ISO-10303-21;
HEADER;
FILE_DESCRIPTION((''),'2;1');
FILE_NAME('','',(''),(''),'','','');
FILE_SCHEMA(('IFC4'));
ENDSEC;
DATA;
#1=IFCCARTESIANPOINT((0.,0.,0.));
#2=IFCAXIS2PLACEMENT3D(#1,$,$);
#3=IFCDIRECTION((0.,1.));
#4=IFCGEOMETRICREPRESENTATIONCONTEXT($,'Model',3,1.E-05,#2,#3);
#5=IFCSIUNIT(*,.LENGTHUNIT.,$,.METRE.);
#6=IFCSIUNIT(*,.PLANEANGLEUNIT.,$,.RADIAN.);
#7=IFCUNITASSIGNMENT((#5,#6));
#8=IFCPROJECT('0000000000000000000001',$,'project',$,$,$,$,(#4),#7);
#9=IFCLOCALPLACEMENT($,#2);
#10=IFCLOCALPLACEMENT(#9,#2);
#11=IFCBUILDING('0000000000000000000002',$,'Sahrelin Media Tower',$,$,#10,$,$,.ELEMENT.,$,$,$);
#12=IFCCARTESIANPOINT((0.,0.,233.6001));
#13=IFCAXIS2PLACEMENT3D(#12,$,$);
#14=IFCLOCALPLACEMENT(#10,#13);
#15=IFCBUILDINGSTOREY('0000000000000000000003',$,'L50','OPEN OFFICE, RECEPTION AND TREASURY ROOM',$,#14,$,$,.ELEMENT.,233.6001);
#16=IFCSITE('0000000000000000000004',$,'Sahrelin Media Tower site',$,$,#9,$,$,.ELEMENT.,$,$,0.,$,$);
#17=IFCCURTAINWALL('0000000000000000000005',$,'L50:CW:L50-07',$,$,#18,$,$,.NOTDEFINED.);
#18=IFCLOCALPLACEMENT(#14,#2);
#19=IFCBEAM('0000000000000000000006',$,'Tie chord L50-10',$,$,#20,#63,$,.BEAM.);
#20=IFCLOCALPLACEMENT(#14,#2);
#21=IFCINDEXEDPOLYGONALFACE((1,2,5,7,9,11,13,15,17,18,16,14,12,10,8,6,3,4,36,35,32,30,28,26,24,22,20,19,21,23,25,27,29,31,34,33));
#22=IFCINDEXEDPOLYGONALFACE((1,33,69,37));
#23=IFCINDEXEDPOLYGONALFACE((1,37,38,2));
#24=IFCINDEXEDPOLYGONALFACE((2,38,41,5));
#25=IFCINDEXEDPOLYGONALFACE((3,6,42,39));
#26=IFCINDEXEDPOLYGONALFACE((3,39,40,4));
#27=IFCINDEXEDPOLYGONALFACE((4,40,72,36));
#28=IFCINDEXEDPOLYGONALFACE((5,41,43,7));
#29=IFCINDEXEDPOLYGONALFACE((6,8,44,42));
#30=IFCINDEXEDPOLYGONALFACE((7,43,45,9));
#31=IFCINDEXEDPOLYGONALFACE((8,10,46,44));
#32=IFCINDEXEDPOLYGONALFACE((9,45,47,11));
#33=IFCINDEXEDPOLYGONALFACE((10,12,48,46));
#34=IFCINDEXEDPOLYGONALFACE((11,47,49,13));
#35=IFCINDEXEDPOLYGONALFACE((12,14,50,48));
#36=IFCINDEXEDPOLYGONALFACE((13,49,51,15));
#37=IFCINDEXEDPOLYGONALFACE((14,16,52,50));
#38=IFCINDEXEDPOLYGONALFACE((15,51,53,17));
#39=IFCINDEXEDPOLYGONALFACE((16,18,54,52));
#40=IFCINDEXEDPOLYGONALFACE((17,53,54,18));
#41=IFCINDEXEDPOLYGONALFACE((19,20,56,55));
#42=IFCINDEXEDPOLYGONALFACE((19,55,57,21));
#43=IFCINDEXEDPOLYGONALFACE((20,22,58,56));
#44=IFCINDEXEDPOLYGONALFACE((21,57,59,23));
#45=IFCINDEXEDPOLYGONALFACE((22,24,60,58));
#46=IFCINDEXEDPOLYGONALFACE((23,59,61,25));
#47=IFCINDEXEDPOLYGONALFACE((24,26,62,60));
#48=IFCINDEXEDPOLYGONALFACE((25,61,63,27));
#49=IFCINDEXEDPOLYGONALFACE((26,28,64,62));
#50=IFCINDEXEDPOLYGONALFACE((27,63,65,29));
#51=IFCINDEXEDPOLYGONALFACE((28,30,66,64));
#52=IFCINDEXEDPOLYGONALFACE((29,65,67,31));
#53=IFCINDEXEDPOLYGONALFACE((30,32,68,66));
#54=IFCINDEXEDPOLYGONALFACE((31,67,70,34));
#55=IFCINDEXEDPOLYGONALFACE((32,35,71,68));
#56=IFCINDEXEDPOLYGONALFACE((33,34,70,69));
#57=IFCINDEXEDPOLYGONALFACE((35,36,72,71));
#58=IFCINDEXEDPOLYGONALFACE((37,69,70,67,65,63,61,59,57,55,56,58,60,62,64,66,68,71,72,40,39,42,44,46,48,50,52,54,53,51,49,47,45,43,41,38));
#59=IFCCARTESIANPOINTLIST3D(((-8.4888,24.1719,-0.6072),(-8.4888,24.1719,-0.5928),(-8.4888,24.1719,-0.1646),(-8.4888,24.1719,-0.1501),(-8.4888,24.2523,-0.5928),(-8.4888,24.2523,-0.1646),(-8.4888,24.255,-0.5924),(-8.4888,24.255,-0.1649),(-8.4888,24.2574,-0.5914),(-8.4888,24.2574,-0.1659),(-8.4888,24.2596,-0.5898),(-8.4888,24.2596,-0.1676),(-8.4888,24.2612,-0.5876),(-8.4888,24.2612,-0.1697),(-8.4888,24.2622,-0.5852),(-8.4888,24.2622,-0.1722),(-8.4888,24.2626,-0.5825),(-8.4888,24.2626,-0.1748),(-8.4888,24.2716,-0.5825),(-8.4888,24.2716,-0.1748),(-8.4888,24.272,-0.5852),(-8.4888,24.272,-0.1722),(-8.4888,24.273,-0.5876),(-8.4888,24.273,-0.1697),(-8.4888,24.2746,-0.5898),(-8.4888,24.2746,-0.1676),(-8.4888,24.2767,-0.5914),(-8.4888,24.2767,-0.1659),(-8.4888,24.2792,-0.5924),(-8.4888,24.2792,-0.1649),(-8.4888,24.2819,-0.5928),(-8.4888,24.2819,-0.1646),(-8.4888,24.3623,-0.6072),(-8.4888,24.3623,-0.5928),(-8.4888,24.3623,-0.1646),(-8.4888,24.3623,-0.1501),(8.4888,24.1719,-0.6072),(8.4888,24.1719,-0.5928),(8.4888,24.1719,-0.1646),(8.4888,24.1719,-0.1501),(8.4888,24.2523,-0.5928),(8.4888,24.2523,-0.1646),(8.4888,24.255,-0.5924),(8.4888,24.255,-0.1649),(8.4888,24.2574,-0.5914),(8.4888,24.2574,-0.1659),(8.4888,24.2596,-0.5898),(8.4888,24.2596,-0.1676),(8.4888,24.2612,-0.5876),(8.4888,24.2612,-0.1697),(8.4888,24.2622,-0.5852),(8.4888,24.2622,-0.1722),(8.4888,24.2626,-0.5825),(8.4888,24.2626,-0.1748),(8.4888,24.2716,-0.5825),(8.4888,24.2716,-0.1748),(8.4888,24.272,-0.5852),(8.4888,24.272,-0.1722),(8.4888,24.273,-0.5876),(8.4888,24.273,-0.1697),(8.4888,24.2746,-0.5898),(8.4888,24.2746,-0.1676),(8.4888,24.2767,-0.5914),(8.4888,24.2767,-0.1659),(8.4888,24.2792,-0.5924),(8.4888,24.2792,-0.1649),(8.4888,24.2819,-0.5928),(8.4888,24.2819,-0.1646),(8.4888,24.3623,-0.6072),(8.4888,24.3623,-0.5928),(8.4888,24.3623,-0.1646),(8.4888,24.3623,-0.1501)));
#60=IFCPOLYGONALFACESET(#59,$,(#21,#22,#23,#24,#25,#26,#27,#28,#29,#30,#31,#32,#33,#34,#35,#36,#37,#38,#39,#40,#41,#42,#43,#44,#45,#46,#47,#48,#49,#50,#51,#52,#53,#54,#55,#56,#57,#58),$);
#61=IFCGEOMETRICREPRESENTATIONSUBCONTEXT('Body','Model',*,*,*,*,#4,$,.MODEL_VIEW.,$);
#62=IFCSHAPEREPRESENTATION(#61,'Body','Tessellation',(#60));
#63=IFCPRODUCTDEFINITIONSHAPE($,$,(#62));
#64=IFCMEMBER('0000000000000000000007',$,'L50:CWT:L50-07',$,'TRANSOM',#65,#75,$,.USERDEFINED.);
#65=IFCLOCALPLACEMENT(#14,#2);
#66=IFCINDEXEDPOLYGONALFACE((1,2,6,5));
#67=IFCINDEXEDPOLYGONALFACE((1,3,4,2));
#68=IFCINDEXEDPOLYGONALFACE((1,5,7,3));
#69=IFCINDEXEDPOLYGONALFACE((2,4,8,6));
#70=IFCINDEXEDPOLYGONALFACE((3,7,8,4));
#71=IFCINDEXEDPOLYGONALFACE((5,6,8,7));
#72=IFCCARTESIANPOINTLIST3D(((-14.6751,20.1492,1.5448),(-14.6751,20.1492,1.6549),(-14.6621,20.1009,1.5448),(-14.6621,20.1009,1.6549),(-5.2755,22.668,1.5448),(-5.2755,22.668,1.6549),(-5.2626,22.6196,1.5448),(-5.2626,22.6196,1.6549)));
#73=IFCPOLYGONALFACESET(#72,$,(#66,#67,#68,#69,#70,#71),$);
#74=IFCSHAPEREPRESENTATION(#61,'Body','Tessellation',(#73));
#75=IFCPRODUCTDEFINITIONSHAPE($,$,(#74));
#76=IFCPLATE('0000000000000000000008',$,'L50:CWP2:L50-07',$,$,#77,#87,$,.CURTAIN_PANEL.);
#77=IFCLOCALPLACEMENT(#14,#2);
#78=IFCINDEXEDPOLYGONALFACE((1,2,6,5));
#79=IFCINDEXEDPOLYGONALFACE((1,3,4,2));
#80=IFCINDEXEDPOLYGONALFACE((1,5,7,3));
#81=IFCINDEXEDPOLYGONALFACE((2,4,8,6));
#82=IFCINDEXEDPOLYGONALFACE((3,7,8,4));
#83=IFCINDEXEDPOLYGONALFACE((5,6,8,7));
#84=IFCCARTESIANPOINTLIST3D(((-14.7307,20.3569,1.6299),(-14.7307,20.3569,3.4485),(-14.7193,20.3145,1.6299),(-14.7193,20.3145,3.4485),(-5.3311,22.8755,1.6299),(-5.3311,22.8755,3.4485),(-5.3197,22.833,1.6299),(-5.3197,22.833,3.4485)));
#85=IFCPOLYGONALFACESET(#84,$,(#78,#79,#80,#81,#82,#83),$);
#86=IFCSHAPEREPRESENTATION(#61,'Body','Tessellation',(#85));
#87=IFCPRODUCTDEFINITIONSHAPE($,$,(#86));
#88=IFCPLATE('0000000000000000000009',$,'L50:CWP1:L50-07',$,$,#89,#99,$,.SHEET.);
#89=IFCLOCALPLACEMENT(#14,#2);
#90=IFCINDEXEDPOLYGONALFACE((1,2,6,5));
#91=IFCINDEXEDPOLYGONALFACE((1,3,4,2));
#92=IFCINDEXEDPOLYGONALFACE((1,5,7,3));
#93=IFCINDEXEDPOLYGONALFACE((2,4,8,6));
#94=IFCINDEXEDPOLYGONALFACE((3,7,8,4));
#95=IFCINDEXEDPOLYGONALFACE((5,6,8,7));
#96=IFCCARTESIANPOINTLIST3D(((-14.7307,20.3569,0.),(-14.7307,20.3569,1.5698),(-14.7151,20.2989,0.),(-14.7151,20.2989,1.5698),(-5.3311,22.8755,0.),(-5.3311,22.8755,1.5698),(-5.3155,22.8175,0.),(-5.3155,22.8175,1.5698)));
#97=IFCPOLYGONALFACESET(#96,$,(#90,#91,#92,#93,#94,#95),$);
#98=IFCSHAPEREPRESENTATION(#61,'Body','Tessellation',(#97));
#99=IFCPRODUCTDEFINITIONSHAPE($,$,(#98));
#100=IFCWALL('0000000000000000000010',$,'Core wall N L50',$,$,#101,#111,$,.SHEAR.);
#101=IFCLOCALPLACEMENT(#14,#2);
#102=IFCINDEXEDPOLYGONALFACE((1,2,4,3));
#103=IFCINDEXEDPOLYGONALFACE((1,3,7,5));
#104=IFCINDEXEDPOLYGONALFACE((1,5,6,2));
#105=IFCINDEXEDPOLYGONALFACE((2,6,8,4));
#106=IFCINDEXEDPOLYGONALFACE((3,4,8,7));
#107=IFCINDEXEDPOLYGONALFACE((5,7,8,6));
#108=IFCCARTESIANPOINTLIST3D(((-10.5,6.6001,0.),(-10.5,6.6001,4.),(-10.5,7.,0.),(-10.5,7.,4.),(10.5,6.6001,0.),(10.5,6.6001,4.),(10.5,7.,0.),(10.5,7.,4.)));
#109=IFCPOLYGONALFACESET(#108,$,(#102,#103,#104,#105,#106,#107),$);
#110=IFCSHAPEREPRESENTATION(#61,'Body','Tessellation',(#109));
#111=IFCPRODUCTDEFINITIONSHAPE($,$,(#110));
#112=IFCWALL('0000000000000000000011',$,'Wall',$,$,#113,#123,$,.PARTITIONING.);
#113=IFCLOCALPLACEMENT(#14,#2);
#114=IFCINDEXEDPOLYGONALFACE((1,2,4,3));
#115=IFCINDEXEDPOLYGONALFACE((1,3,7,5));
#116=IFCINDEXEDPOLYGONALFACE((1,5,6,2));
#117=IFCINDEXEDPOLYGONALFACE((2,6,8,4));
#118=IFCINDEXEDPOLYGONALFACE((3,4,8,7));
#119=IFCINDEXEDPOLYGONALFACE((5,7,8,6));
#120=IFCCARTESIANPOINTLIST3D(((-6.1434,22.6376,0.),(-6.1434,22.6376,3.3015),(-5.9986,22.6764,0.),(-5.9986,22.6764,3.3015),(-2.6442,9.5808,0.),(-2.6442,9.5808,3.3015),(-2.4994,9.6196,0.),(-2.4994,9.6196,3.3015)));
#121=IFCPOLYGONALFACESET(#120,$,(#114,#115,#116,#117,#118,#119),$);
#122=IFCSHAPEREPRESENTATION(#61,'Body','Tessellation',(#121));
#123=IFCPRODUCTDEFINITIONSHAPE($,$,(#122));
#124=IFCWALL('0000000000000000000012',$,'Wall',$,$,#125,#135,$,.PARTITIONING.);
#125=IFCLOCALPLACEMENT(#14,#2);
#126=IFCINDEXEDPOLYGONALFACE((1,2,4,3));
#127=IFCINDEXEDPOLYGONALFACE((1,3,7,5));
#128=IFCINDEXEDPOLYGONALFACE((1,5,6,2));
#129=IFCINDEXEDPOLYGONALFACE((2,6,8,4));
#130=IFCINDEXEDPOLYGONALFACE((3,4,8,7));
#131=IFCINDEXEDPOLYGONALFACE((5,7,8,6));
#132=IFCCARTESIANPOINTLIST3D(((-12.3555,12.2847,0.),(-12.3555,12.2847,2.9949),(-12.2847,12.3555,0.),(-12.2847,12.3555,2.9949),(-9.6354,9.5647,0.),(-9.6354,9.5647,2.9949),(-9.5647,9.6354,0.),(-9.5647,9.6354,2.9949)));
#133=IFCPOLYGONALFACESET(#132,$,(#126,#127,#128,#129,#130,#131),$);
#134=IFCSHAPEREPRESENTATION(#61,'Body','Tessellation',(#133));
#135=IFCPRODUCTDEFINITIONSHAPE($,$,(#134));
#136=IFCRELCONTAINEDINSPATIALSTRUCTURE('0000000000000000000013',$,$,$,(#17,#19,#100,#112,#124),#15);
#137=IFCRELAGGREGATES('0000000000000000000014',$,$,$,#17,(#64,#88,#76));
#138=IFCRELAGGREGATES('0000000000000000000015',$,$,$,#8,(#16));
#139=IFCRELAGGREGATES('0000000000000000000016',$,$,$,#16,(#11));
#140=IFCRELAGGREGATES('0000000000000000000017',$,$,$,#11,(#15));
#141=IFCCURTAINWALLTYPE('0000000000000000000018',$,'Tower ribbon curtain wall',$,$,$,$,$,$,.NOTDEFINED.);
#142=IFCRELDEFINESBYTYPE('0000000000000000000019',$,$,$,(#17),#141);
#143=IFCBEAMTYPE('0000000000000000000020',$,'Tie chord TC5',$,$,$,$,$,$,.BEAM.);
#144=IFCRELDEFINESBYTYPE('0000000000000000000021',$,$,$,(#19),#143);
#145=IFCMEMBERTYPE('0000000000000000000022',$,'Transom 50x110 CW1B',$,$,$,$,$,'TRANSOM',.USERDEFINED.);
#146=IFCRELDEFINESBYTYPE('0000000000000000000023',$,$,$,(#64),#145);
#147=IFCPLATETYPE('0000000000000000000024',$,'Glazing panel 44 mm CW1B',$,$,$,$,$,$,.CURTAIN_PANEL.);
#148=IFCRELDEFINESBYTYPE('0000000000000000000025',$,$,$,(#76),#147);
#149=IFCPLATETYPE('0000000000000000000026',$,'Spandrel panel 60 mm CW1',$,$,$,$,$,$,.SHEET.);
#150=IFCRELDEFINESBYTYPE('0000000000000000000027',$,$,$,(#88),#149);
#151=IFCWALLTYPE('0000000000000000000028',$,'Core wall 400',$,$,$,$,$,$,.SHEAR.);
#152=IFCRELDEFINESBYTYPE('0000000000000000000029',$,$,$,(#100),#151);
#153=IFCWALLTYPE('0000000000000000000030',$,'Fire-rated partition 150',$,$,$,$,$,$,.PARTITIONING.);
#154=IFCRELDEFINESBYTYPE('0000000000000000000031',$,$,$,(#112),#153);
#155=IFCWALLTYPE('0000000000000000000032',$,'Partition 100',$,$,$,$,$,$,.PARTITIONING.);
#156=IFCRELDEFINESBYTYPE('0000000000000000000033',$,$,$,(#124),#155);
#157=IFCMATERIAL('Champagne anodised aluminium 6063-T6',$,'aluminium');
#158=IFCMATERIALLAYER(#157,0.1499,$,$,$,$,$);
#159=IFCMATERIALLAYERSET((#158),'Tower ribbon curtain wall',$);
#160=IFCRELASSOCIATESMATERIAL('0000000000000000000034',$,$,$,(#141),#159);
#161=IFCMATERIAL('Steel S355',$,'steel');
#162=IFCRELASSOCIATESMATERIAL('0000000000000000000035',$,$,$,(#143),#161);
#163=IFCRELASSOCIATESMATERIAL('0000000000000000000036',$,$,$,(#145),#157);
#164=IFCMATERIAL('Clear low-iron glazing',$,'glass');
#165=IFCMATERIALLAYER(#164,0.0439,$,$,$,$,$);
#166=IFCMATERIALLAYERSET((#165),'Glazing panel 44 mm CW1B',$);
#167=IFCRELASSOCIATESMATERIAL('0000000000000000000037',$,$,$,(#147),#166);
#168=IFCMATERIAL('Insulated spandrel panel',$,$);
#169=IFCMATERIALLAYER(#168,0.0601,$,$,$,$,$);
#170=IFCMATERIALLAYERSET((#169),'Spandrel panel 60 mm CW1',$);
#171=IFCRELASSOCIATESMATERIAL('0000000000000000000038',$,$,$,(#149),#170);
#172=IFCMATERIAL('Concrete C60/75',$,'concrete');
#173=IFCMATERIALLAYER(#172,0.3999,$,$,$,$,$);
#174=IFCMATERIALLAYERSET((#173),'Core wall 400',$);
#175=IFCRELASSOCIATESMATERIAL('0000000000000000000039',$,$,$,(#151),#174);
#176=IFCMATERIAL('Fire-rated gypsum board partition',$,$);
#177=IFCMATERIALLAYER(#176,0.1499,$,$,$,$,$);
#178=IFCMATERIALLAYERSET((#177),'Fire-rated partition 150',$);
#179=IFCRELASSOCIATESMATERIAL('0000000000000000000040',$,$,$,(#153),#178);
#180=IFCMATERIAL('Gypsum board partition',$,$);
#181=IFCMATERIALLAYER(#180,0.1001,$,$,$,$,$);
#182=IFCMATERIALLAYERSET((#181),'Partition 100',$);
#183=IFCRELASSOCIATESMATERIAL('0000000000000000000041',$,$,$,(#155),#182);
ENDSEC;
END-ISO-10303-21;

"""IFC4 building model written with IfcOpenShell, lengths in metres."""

from ifc_helpers import new_model, si_unit, direction, frame, frame_2d, origin, origin_2d, place, context, subcontext, project, spatial, polyline, rectangle, i_section, outline, extrude, material, layer, layer_set, material_profile, profile_set, type_object, element, aggregate, save


model = new_model("IFC4")

# Units and contexts
model_context = context("Model", 3, precision=1e-05, world=origin(), true_north=direction((0.0, 1.0)))
body_context = subcontext(model_context, "Body", "Model", "MODEL_VIEW")
ifc_project = project(units=[si_unit("LENGTHUNIT", "METRE"), si_unit("PLANEANGLEUNIT", "RADIAN")], contexts=[model_context])

# Site, building, storey
site_placement = place(None, origin())
site = spatial("IfcSite", under=ifc_project, at=site_placement, Name="Sahrelin Media Tower site", CompositionType="ELEMENT", RefElevation=0.0)
building_placement = place(site_placement, origin())
building = spatial("IfcBuilding", under=site, at=building_placement, Name="Sahrelin Media Tower", CompositionType="ELEMENT")
storey_placement = place(building_placement, frame((0.0, 0.0, 233.6001)))
storey = spatial("IfcBuildingStorey", under=building, at=storey_placement, Name="L50", Description="OPEN OFFICE, RECEPTION AND TREASURY ROOM", CompositionType="ELEMENT", Elevation=233.6001)

# Shared definitions
ifc_material_1 = material(Name="Steel S355", Category="steel")

# Curtain wall
ifc_material_2 = material(Name="Champagne anodised aluminium 6063-T6", Category="aluminium")
ifc_layer_1 = layer(ifc_material_2, 0.1499)
ifc_layer_set_1 = layer_set([ifc_layer_1], Name="Tower ribbon curtain wall")
curtain_wall_type = type_object("IfcCurtainWallType", Name="Tower ribbon curtain wall", PredefinedType="NOTDEFINED", material=ifc_layer_set_1)
curtain_wall_1_placement = place(storey_placement, frame((-10.0256, 21.5969, 0.0), z_axis=(0.0, 0.0, 1.0), x_axis=(1.0, 0.0, 0.0)))
curtain_wall_1 = element("IfcCurtainWall", 1, at=curtain_wall_1_placement, inside=storey, type_object=curtain_wall_type, Name="L50:CW:L50-07", PredefinedType="NOTDEFINED")

# Beam
ifc_material_profile_1 = material_profile(ifc_material_1, i_section(OverallWidth=0.1904, OverallDepth=0.457, WebThickness=0.009, FlangeThickness=0.0144, FilletRadius=0.0103, at=origin_2d()), Name="UB 457x191x74")
ifc_profile_set_1 = profile_set([ifc_material_profile_1], Name="Steel S355")
beam_type_1 = type_object("IfcBeamType", Name="Tie chord TC5", PredefinedType="BEAM", material=ifc_profile_set_1)
beam_1_placement = place(storey_placement, frame((-8.4888, 24.2671, -0.3787), z_axis=(1.0, 0.0, 0.0), x_axis=(0.0, 1.0, 0.0)))
element("IfcBeam", 2, at=beam_1_placement, inside=storey, type_object=beam_type_1, Name="Tie chord L50-10", PredefinedType="BEAM", context=body_context, shape_type="SweptSolid", body=[
    extrude(i_section(OverallWidth=0.1904, OverallDepth=0.457, WebThickness=0.009, FlangeThickness=0.0144, FilletRadius=0.0103, at=origin_2d()), origin(), (0.0, 0.0, 1.0), 16.9775),
])

# Member
ifc_material_profile_2 = material_profile(ifc_material_2, rectangle(XDim=0.05, YDim=0.1101, at=origin_2d()), Name="Transom 50x110")
ifc_profile_set_2 = profile_set([ifc_material_profile_2], Name="Champagne anodised aluminium 6063-T6")
member_type_1 = type_object("IfcMemberType", Name="Transom 50x110 CW1B", ElementType="TRANSOM", PredefinedType="USERDEFINED", material=ifc_profile_set_2)
member_1_placement = place(storey_placement, frame((-5.269, 22.6438, 1.5999), z_axis=(-0.965922, -0.258835, 0.0), x_axis=(0.258835, -0.965922, 0.0)))
member_1 = element("IfcMember", 3, at=member_1_placement, type_object=member_type_1, Name="L50:CWT:L50-07", ObjectType="TRANSOM", PredefinedType="USERDEFINED", context=body_context, shape_type="SweptSolid", body=[
    extrude(rectangle(XDim=0.05, YDim=0.1101, at=origin_2d()), origin(), (0.0, 0.0, 1.0), 9.7312),
])

# Plates
ifc_material_3 = material(Name="Clear low-iron glazing", Category="glass")
ifc_layer_2 = layer(ifc_material_3, 0.0439)
ifc_layer_set_2 = layer_set([ifc_layer_2], Name="Glazing panel 44 mm CW1B")
plate_type_1 = type_object("IfcPlateType", Name="Glazing panel 44 mm CW1B", PredefinedType="CURTAIN_PANEL", material=ifc_layer_set_2)
plate_1_placement = place(storey_placement, frame((-5.3311, 22.8755, 1.6299), z_axis=(-0.258812, 0.965928, 0.0), x_axis=(-0.965928, -0.258812, 0.0)))
plate_1 = element("IfcPlate", 4, at=plate_1_placement, type_object=plate_type_1, Name="L50:CWP2:L50-07", PredefinedType="CURTAIN_PANEL", context=body_context, shape_type="SweptSolid", body=[
    extrude(outline(polyline([(0.0, 0.0), (9.7312, 0.0), (9.7312, 1.8186), (0.0, 1.8186), (0.0, 0.0)])), origin(), (0.0, 0.0, -1.0), 0.0439),
])
ifc_material_4 = material(Name="Insulated spandrel panel")
ifc_layer_3 = layer(ifc_material_4, 0.0601)
ifc_layer_set_3 = layer_set([ifc_layer_3], Name="Spandrel panel 60 mm CW1")
plate_type_2 = type_object("IfcPlateType", Name="Spandrel panel 60 mm CW1", PredefinedType="SHEET", material=ifc_layer_set_3)
plate_2_placement = place(storey_placement, frame((-5.3311, 22.8755, 0.0), z_axis=(-0.258812, 0.965928, 0.0), x_axis=(-0.965928, -0.258812, 0.0)))
plate_2 = element("IfcPlate", 5, at=plate_2_placement, type_object=plate_type_2, Name="L50:CWP1:L50-07", PredefinedType="SHEET", context=body_context, shape_type="SweptSolid", body=[
    extrude(outline(polyline([(0.0, 0.0), (9.7312, 0.0), (9.7312, 1.5698), (0.0, 1.5698), (0.0, 0.0)])), origin(), (0.0, 0.0, -1.0), 0.0601),
])
aggregate(curtain_wall_1, [member_1, plate_2, plate_1])

# Walls
ifc_material_5 = material(Name="Concrete C60/75", Category="concrete")
ifc_layer_4 = layer(ifc_material_5, 0.3999)
ifc_layer_set_4 = layer_set([ifc_layer_4], Name="Core wall 400")
wall_type_1 = type_object("IfcWallType", Name="Core wall 400", PredefinedType="SHEAR", material=ifc_layer_set_4)
wall_1_placement = place(storey_placement, frame((-10.5, 6.8, 0.0), z_axis=(0.0, 0.0, 1.0), x_axis=(1.0, 0.0, 0.0)))
element("IfcWall", 6, at=wall_1_placement, inside=storey, type_object=wall_type_1, Name="Core wall N L50", PredefinedType="SHEAR", context=body_context, shape_type="SweptSolid", body=[
    extrude(rectangle(XDim=21.0, YDim=0.3999, at=frame_2d((10.5, 0.0))), origin(), (0.0, 0.0, 1.0), 4.0),
])
ifc_material_6 = material(Name="Fire-rated gypsum board partition")
ifc_layer_5 = layer(ifc_material_6, 0.1499)
ifc_layer_set_5 = layer_set([ifc_layer_5], Name="Fire-rated partition 150")
wall_type_2 = type_object("IfcWallType", Name="Fire-rated partition 150", PredefinedType="PARTITIONING", material=ifc_layer_set_5)
wall_2_placement = place(storey_placement, frame((-6.071, 22.657, 0.0), z_axis=(0.0, 0.0, 1.0), x_axis=(0.258866, -0.965913, 0.0)))
element("IfcWall", 7, at=wall_2_placement, inside=storey, type_object=wall_type_2, Name="Wall", PredefinedType="PARTITIONING", context=body_context, shape_type="SweptSolid", body=[
    extrude(rectangle(XDim=13.5176, YDim=0.1499, at=frame_2d((6.7588, 0.0))), origin(), (0.0, 0.0, 1.0), 3.3015),
])
ifc_material_7 = material(Name="Gypsum board partition")
ifc_layer_6 = layer(ifc_material_7, 0.1001)
ifc_layer_set_6 = layer_set([ifc_layer_6], Name="Partition 100")
wall_type_3 = type_object("IfcWallType", Name="Partition 100", PredefinedType="PARTITIONING", material=ifc_layer_set_6)
wall_3_placement = place(storey_placement, frame((-12.3201, 12.3201, 0.0), z_axis=(0.0, 0.0, 1.0), x_axis=(0.707107, -0.707107, 0.0)))
element("IfcWall", 8, at=wall_3_placement, inside=storey, type_object=wall_type_3, Name="Wall", PredefinedType="PARTITIONING", context=body_context, shape_type="SweptSolid", body=[
    extrude(rectangle(XDim=3.8467, YDim=0.1001, at=frame_2d((1.9233, 0.0))), origin(), (0.0, 0.0, 1.0), 2.9949),
])

save(model, "model.ifc")
